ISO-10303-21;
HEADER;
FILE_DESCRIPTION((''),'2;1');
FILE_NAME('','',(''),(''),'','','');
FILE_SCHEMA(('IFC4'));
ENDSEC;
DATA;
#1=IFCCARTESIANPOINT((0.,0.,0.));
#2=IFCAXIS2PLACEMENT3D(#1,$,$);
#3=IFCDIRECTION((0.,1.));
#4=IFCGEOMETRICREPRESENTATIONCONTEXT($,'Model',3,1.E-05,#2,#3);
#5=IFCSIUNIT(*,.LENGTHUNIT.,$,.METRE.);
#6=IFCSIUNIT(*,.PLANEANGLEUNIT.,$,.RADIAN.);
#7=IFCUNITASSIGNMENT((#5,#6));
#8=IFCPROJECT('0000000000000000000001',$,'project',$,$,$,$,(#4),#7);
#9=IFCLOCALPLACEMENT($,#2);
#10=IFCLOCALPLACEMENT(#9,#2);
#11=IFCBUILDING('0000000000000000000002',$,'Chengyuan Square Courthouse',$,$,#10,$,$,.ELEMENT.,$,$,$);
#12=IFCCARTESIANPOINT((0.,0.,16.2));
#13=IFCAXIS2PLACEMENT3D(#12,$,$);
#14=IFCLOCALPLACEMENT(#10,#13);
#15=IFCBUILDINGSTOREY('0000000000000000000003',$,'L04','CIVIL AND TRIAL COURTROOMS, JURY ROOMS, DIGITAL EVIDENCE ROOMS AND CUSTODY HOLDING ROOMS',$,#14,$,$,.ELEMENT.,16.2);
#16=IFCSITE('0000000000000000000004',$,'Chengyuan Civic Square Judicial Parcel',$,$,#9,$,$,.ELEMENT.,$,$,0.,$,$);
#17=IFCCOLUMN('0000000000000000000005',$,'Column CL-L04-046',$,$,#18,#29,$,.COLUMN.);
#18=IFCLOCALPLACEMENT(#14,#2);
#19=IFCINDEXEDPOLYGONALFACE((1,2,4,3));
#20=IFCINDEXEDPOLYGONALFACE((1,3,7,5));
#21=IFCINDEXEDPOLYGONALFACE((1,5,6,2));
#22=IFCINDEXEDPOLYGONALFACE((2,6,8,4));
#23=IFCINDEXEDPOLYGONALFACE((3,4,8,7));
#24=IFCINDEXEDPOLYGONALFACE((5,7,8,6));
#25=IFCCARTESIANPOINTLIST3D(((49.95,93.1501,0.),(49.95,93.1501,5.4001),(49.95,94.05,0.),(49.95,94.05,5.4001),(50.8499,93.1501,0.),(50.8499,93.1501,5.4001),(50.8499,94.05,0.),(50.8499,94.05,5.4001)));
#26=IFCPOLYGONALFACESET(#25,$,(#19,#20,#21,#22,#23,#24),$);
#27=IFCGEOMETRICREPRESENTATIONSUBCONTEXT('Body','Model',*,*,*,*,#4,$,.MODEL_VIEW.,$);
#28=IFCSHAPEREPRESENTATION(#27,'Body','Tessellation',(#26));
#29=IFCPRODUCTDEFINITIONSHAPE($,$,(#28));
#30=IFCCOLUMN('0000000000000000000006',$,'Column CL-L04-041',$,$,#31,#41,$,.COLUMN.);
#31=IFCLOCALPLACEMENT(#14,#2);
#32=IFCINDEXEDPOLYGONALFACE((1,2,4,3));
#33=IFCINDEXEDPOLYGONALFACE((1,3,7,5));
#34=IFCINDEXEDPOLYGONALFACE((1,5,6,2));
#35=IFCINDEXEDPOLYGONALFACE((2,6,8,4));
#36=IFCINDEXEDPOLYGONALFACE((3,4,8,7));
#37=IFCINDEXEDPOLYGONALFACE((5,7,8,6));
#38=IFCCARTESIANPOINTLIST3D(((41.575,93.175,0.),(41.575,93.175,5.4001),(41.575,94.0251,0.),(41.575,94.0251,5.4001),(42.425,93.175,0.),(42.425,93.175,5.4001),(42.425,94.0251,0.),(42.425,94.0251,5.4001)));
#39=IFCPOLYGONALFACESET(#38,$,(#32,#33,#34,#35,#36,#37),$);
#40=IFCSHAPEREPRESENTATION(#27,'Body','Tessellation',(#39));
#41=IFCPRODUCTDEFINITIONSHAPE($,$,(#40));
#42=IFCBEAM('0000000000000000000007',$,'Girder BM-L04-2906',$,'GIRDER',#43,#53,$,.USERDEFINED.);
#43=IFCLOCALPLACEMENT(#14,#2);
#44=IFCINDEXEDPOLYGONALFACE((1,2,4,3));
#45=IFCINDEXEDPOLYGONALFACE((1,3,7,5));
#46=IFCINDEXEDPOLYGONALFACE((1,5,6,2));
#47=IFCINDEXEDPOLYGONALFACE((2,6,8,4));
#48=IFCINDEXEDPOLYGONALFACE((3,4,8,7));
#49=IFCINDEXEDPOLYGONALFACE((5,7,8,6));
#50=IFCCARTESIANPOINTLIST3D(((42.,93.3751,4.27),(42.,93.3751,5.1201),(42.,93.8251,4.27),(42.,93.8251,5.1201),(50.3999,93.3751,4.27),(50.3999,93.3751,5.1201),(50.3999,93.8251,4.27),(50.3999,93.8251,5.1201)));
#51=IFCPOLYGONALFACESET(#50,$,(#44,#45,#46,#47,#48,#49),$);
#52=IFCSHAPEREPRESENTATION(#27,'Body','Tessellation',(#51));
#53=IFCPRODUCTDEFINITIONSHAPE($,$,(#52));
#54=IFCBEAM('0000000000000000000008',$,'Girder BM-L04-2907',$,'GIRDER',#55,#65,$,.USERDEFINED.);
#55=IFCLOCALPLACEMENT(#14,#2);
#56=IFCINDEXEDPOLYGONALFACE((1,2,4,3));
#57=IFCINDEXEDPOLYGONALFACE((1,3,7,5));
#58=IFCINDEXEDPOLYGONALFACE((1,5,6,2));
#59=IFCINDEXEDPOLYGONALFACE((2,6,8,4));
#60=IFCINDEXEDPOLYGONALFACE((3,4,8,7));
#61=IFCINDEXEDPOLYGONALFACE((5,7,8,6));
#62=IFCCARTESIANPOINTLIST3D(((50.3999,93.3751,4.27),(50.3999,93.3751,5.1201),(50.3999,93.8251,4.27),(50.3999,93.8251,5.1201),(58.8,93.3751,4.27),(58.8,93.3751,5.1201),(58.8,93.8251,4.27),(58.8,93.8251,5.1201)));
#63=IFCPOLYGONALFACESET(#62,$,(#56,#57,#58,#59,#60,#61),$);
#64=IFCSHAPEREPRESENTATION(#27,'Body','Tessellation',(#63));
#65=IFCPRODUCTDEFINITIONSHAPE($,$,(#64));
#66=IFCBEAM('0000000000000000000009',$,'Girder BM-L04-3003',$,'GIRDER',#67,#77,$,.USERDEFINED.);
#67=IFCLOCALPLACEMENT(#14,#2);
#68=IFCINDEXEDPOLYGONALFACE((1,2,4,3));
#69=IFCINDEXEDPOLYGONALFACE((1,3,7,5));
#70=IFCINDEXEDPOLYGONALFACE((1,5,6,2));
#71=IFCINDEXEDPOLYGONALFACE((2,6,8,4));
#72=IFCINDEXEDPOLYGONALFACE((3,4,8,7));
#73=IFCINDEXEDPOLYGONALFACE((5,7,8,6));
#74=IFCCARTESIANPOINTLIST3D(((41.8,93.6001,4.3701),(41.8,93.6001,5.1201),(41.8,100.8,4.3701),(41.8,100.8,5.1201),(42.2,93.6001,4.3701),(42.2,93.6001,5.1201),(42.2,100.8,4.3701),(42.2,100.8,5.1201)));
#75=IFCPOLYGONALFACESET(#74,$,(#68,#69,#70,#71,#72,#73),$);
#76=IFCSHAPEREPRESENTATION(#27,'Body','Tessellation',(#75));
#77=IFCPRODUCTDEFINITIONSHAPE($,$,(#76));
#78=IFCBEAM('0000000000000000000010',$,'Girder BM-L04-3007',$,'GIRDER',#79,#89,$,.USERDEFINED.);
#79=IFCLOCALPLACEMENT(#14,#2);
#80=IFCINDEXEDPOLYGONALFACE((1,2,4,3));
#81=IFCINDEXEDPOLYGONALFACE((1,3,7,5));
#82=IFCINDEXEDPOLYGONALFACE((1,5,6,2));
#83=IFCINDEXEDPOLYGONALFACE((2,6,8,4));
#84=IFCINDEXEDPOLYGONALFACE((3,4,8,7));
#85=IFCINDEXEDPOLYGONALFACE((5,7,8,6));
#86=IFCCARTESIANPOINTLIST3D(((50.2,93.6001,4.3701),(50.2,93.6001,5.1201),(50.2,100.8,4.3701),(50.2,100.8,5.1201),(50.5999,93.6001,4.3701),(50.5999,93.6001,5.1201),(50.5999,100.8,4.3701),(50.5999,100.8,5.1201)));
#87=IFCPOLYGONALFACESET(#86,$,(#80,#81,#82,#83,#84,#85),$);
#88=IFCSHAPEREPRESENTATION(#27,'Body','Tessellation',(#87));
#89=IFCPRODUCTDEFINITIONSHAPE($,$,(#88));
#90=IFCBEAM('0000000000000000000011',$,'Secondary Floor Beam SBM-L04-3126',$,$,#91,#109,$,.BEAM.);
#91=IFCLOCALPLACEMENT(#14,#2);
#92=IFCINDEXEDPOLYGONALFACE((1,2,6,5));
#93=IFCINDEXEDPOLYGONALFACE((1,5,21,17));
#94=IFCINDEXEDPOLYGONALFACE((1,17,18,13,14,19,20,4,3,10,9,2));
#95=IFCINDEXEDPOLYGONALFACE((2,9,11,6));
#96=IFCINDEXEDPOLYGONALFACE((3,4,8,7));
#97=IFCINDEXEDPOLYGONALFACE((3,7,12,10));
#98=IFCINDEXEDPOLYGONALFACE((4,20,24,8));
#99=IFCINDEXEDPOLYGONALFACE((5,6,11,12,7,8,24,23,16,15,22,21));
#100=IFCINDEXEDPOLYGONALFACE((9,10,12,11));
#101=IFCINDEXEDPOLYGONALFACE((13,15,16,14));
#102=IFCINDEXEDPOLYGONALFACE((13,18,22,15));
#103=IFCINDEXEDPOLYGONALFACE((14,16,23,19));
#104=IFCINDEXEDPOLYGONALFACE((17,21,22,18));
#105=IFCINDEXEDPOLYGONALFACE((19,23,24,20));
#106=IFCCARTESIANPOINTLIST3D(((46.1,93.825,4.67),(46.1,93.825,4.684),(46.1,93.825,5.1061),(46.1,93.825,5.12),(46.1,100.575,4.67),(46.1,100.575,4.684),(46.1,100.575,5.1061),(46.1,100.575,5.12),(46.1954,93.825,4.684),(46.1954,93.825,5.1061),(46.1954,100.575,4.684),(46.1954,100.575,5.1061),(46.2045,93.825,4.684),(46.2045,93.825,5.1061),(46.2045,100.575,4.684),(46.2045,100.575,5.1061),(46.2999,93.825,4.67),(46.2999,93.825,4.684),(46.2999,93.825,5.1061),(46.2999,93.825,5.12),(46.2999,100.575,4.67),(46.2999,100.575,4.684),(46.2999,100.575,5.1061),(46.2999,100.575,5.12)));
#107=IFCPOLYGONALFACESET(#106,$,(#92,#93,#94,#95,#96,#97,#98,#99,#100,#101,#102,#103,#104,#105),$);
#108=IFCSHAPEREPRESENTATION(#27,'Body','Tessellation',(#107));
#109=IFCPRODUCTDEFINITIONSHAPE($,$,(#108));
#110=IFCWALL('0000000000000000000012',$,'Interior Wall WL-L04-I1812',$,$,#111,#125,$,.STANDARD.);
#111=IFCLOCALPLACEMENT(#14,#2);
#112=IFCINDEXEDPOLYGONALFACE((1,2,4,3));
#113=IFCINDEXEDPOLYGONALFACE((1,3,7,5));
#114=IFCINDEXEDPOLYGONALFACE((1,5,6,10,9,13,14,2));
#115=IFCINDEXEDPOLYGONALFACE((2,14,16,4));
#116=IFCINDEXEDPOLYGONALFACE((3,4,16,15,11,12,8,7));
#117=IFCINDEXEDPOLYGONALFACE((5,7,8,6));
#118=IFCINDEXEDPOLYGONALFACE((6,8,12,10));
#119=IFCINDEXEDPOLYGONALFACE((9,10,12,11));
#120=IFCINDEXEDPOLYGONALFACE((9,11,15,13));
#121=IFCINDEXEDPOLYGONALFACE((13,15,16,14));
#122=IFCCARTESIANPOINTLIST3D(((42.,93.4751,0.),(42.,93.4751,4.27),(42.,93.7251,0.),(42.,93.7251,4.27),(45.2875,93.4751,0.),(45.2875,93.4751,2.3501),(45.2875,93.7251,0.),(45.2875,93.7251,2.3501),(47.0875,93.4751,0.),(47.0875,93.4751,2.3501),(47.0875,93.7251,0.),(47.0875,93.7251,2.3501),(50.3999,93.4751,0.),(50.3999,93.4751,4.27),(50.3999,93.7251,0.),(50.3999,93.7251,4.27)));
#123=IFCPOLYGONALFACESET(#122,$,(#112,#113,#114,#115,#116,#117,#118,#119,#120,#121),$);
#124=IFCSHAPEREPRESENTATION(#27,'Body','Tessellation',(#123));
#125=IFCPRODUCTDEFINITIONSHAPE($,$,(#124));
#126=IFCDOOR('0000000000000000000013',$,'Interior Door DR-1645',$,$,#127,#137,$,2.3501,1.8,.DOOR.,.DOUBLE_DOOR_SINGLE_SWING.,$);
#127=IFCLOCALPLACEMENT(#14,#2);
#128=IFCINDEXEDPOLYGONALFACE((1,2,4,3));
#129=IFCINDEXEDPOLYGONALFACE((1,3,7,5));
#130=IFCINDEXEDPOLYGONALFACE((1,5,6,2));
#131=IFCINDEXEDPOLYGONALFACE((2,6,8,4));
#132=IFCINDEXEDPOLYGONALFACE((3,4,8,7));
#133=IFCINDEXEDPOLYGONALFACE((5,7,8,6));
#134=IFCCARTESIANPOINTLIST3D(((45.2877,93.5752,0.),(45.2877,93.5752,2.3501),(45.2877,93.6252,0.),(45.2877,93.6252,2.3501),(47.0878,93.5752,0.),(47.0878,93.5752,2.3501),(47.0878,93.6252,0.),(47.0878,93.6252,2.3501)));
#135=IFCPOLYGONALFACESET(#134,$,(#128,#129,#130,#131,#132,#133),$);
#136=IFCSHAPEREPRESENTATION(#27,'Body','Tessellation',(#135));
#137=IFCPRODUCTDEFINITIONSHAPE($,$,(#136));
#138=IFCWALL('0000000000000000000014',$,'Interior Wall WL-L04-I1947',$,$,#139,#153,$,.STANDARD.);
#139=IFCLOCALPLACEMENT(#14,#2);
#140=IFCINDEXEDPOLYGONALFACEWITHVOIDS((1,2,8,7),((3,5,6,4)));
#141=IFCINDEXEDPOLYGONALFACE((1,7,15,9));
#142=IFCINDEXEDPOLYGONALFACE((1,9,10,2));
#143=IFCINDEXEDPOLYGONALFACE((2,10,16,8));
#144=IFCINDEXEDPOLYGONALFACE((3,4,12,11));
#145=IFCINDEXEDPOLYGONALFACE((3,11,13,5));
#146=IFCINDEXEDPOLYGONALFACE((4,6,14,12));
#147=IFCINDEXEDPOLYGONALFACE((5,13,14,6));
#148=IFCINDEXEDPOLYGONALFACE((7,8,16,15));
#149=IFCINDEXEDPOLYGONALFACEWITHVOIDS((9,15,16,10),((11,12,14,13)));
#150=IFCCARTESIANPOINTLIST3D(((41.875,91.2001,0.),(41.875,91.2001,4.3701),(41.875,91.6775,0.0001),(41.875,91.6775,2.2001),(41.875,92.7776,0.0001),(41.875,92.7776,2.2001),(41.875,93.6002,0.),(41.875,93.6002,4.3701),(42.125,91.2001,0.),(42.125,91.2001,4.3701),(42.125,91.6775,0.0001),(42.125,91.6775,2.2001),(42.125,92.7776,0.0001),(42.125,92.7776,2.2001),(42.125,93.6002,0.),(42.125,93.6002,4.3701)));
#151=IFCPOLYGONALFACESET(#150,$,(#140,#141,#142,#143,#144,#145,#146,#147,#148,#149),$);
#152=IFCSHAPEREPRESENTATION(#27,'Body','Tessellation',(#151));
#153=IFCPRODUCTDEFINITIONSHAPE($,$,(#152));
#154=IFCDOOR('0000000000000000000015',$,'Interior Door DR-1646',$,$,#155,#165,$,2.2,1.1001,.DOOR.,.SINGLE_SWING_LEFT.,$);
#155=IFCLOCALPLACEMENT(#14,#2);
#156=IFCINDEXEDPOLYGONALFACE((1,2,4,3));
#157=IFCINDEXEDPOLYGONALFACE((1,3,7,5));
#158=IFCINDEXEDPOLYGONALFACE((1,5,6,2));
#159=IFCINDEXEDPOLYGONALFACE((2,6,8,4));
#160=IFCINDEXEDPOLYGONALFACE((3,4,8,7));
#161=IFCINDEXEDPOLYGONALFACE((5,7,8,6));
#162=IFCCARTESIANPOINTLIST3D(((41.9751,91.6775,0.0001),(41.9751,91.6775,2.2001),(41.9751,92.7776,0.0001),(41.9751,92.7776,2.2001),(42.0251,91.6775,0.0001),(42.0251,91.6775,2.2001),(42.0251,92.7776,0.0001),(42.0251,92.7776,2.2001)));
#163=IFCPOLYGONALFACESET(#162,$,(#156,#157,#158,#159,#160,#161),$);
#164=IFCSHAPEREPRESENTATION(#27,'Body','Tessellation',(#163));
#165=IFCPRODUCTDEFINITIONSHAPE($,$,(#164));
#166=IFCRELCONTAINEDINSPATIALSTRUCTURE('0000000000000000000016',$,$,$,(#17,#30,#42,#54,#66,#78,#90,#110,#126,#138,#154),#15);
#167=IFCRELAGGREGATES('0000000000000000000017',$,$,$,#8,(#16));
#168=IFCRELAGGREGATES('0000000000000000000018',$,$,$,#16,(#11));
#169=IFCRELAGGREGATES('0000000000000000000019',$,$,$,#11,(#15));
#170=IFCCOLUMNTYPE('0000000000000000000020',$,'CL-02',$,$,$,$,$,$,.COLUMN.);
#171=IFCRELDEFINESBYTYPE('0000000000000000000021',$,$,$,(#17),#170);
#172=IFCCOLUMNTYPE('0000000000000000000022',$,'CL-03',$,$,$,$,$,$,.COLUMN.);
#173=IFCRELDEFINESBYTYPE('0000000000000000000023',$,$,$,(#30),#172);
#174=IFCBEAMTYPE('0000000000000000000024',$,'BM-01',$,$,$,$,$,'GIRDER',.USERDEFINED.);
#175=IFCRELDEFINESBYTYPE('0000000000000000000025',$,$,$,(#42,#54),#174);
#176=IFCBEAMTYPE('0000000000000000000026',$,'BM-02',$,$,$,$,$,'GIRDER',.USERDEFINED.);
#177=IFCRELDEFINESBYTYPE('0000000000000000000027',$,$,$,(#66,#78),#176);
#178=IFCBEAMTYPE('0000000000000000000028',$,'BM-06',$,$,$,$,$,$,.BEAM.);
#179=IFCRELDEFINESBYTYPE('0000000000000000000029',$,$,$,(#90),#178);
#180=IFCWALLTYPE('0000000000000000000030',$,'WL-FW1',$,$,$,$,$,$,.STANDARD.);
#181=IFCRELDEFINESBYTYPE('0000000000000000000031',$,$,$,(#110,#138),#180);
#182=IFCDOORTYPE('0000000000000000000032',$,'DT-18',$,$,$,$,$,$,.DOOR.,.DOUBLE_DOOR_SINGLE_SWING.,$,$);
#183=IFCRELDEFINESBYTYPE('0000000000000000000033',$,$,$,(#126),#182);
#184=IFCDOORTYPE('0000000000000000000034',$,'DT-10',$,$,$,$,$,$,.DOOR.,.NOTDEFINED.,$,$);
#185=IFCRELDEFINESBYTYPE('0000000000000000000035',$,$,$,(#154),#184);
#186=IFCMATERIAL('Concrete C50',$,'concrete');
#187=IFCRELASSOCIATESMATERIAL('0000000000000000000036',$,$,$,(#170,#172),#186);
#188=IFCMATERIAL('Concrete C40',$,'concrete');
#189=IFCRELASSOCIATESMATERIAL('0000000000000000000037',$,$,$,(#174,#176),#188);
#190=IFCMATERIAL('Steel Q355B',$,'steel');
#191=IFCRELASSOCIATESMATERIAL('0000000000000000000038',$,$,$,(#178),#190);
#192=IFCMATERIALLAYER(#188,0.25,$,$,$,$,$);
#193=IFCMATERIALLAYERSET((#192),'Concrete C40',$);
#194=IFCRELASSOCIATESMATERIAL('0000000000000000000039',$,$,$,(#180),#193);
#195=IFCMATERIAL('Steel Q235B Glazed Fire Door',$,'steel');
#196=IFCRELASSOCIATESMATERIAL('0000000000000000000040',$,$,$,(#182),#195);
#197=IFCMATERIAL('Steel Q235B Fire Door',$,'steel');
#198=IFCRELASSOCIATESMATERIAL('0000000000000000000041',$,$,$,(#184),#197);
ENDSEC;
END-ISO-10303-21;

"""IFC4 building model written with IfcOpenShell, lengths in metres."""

from ifc_helpers import new_model, si_unit, direction, frame, frame_2d, origin, origin_2d, place, context, subcontext, project, spatial, rectangle, i_section, extrude, material, layer, layer_set, material_profile, profile_set, type_object, element, fill, save


model = new_model("IFC4")

# Units and contexts
model_context = context("Model", 3, precision=1e-05, world=origin(), true_north=direction((0.0, 1.0)))
body_context = subcontext(model_context, "Body", "Model", "MODEL_VIEW")
ifc_project = project(units=[si_unit("LENGTHUNIT", "METRE"), si_unit("PLANEANGLEUNIT", "RADIAN")], contexts=[model_context])

# Site, building, storey
site_placement = place(None, origin())
site = spatial("IfcSite", under=ifc_project, at=site_placement, Name="Chengyuan Civic Square Judicial Parcel", CompositionType="ELEMENT", RefElevation=0.0)
building_placement = place(site_placement, origin())
building = spatial("IfcBuilding", under=site, at=building_placement, Name="Chengyuan Square Courthouse", CompositionType="ELEMENT")
storey_placement = place(building_placement, frame((0.0, 0.0, 16.2)))
storey = spatial("IfcBuildingStorey", under=building, at=storey_placement, Name="L04", Description="CIVIL AND TRIAL COURTROOMS, JURY ROOMS, DIGITAL EVIDENCE ROOMS AND CUSTODY HOLDING ROOMS", CompositionType="ELEMENT", Elevation=16.2)

# Columns
ifc_material_1 = material(Name="Concrete C50", Category="concrete")
ifc_material_profile_1 = material_profile(ifc_material_1, rectangle(XDim=0.8999, YDim=0.8999, at=origin_2d()), Name="RC-COL-900x900")
ifc_profile_set_1 = profile_set([ifc_material_profile_1], Name="Concrete C50")
column_type_1 = type_object("IfcColumnType", Name="CL-02", PredefinedType="COLUMN", material=ifc_profile_set_1)
column_1_placement = place(storey_placement, frame((50.3999, 93.6001, 0.0), z_axis=(0.0, 0.0, 1.0), x_axis=(1.0, 0.0, 0.0)))
element("IfcColumn", 1, at=column_1_placement, inside=storey, type_object=column_type_1, Name="Column CL-L04-046", PredefinedType="COLUMN", context=body_context, shape_type="SweptSolid", body=[
    extrude(rectangle(XDim=0.8999, YDim=0.8999, at=origin_2d()), origin(), (0.0, 0.0, 1.0), 5.4001),
])
ifc_material_profile_2 = material_profile(ifc_material_1, rectangle(XDim=0.8501, YDim=0.8501, at=origin_2d()), Name="RC-COL-850x850")
ifc_profile_set_2 = profile_set([ifc_material_profile_2], Name="Concrete C50")
column_type_2 = type_object("IfcColumnType", Name="CL-03", PredefinedType="COLUMN", material=ifc_profile_set_2)
column_2_placement = place(storey_placement, frame((42.0, 93.6001, 0.0), z_axis=(0.0, 0.0, 1.0), x_axis=(1.0, 0.0, 0.0)))
element("IfcColumn", 2, at=column_2_placement, inside=storey, type_object=column_type_2, Name="Column CL-L04-041", PredefinedType="COLUMN", context=body_context, shape_type="SweptSolid", body=[
    extrude(rectangle(XDim=0.8501, YDim=0.8501, at=origin_2d()), origin(), (0.0, 0.0, 1.0), 5.4001),
])

# Beams
ifc_material_2 = material(Name="Concrete C40", Category="concrete")
ifc_material_profile_3 = material_profile(ifc_material_2, rectangle(XDim=0.45, YDim=0.8501, at=origin_2d()), Name="RC-BM-450x850")
ifc_profile_set_3 = profile_set([ifc_material_profile_3], Name="Concrete C40")
beam_type_1 = type_object("IfcBeamType", Name="BM-01", ElementType="GIRDER", PredefinedType="USERDEFINED", material=ifc_profile_set_3)
beam_1_placement = place(storey_placement, frame((42.0, 93.6001, 4.6951), z_axis=(1.0, 0.0, 0.0), x_axis=(0.0, 1.0, 0.0)))
element("IfcBeam", 3, at=beam_1_placement, inside=storey, type_object=beam_type_1, Name="Girder BM-L04-2906", ObjectType="GIRDER", PredefinedType="USERDEFINED", context=body_context, shape_type="SweptSolid", body=[
    extrude(rectangle(XDim=0.45, YDim=0.8501, at=origin_2d()), origin(), (0.0, 0.0, 1.0), 8.3999),
])
beam_2_placement = place(storey_placement, frame((50.3999, 93.6001, 4.6951), z_axis=(1.0, 0.0, 0.0), x_axis=(0.0, 1.0, 0.0)))
element("IfcBeam", 4, at=beam_2_placement, inside=storey, type_object=beam_type_1, Name="Girder BM-L04-2907", ObjectType="GIRDER", PredefinedType="USERDEFINED", context=body_context, shape_type="SweptSolid", body=[
    extrude(rectangle(XDim=0.45, YDim=0.8501, at=origin_2d()), origin(), (0.0, 0.0, 1.0), 8.4001),
])
ifc_material_profile_4 = material_profile(ifc_material_2, rectangle(XDim=0.3999, YDim=0.75, at=origin_2d()), Name="RC-BM-400x750")
ifc_profile_set_4 = profile_set([ifc_material_profile_4], Name="Concrete C40")
beam_type_2 = type_object("IfcBeamType", Name="BM-02", ElementType="GIRDER", PredefinedType="USERDEFINED", material=ifc_profile_set_4)
for number, where, z_axis, x_axis, name in (
    (5, (42.0, 93.6001, 4.7451), (0.0, 1.0, 0.0), (-1.0, 0.0, 0.0), "Girder BM-L04-3003"),
    (6, (50.3999, 93.6001, 4.7451), (0.0, 1.0, 0.0), (-1.0, 0.0, 0.0), "Girder BM-L04-3007"),
):
    element("IfcBeam", number, at=place(storey_placement, frame(where, z_axis=z_axis, x_axis=x_axis)), inside=storey, type_object=beam_type_2, Name=name, ObjectType="GIRDER", PredefinedType="USERDEFINED", context=body_context, shape_type="SweptSolid", body=[
        extrude(rectangle(XDim=0.3999, YDim=0.75, at=origin_2d()), origin(), (0.0, 0.0, 1.0), 7.2),
    ])
ifc_material_3 = material(Name="Steel Q355B", Category="steel")
ifc_material_profile_5 = material_profile(ifc_material_3, i_section(OverallWidth=0.2, OverallDepth=0.45, WebThickness=0.009, FlangeThickness=0.0139, at=origin_2d()), Name="HN 450x200x9x14")
ifc_profile_set_5 = profile_set([ifc_material_profile_5], Name="Steel Q355B")
beam_type_3 = type_object("IfcBeamType", Name="BM-06", PredefinedType="BEAM", material=ifc_profile_set_5)
beam_3_placement = place(storey_placement, frame((46.2, 93.825, 4.895), z_axis=(0.0, 1.0, 0.0), x_axis=(-1.0, 0.0, 0.0)))
element("IfcBeam", 7, at=beam_3_placement, inside=storey, type_object=beam_type_3, Name="Secondary Floor Beam SBM-L04-3126", PredefinedType="BEAM", context=body_context, shape_type="SweptSolid", body=[
    extrude(i_section(OverallWidth=0.2, OverallDepth=0.45, WebThickness=0.009, FlangeThickness=0.0139, at=origin_2d()), origin(), (0.0, 0.0, 1.0), 6.75),
])

# Walls, openings, doors
ifc_layer_1 = layer(ifc_material_2, 0.25)
ifc_layer_set_1 = layer_set([ifc_layer_1], Name="Concrete C40")
wall_type_1 = type_object("IfcWallType", Name="WL-FW1", PredefinedType="STANDARD", material=ifc_layer_set_1)
wall_1_placement = place(storey_placement, frame((42.0, 93.6001, 0.0), z_axis=(0.0, 0.0, 1.0), x_axis=(1.0, 0.0, 0.0)))
wall_1 = element("IfcWall", 8, at=wall_1_placement, inside=storey, type_object=wall_type_1, Name="Interior Wall WL-L04-I1812", PredefinedType="STANDARD", context=body_context, shape_type="SweptSolid", body=[
    extrude(rectangle(XDim=8.3999, YDim=0.25, at=frame_2d((4.2, 0.0))), origin(), (0.0, 0.0, 1.0), 4.27),
])
opening_1_placement = place(wall_1_placement, frame((3.2876, 0.0, 0.0)))
opening_1 = element("IfcOpeningElement", 9, at=opening_1_placement, cuts=wall_1, PredefinedType="OPENING", context=body_context, shape_type="SweptSolid", body=[
    extrude(rectangle(XDim=1.8, YDim=2.3501, at=frame_2d((0.8999, 1.175))), frame((0.0, 0.137, 0.0), z_axis=(0.0, -1.0, 0.0), x_axis=(1.0, 0.0, 0.0)), (0.0, 0.0, 1.0), 0.2739),
])
ifc_material_4 = material(Name="Steel Q235B Glazed Fire Door", Category="steel")
door_type_1 = type_object("IfcDoorType", Name="DT-18", OperationType="DOUBLE_DOOR_SINGLE_SWING", PredefinedType="DOOR", material=ifc_material_4)
door_1_placement = place(opening_1_placement, frame((1.8, 0.0, 0.0), z_axis=(0.0, 0.0, 1.0), x_axis=(-1.0, 0.0, 0.0)))
door_1 = element("IfcDoor", 10, at=door_1_placement, inside=storey, type_object=door_type_1, Name="Interior Door DR-1645", OperationType="DOUBLE_DOOR_SINGLE_SWING", OverallHeight=2.3501, OverallWidth=1.8, PredefinedType="DOOR", context=body_context, shape_type="SweptSolid", body=[
    extrude(rectangle(XDim=1.8, YDim=2.3501, at=frame_2d((0.8999, 1.175))), frame((0.0, 0.0249, 0.0), z_axis=(0.0, -1.0, 0.0), x_axis=(1.0, 0.0, 0.0)), (0.0, 0.0, 1.0), 0.05),
])
fill(opening_1, door_1)
wall_2_placement = place(storey_placement, frame((42.0, 91.2, 0.0), z_axis=(0.0, 0.0, 1.0), x_axis=(0.0, 1.0, 0.0)))
wall_2 = element("IfcWall", 11, at=wall_2_placement, inside=storey, type_object=wall_type_1, Name="Interior Wall WL-L04-I1947", PredefinedType="STANDARD", context=body_context, shape_type="SweptSolid", body=[
    extrude(rectangle(XDim=2.4001, YDim=0.25, at=frame_2d((1.2002, 0.0))), origin(), (0.0, 0.0, 1.0), 4.3701),
])
opening_2_placement = place(wall_2_placement, frame((0.4775, 0.0, 0.0)))
opening_2 = element("IfcOpeningElement", 12, at=opening_2_placement, cuts=wall_2, PredefinedType="OPENING", context=body_context, shape_type="SweptSolid", body=[
    extrude(rectangle(XDim=1.1001, YDim=2.2, at=frame_2d((0.55, 1.1001))), frame((0.0, 0.137, 0.0), z_axis=(0.0, -1.0, 0.0), x_axis=(1.0, 0.0, 0.0)), (0.0, 0.0, 1.0), 0.2739),
])
ifc_material_5 = material(Name="Steel Q235B Fire Door", Category="steel")
door_type_2 = type_object("IfcDoorType", Name="DT-10", OperationType="NOTDEFINED", PredefinedType="DOOR", material=ifc_material_5)
door_2_placement = place(opening_2_placement, origin())
door_2 = element("IfcDoor", 13, at=door_2_placement, inside=storey, type_object=door_type_2, Name="Interior Door DR-1646", OperationType="SINGLE_SWING_LEFT", OverallHeight=2.2, OverallWidth=1.1001, PredefinedType="DOOR", context=body_context, shape_type="SweptSolid", body=[
    extrude(rectangle(XDim=1.1001, YDim=2.2, at=frame_2d((0.55, 1.1001))), frame((0.0, 0.0249, 0.0), z_axis=(0.0, -1.0, 0.0), x_axis=(1.0, 0.0, 0.0)), (0.0, 0.0, 1.0), 0.05),
])
fill(opening_2, door_2)

save(model, "model.ifc")
